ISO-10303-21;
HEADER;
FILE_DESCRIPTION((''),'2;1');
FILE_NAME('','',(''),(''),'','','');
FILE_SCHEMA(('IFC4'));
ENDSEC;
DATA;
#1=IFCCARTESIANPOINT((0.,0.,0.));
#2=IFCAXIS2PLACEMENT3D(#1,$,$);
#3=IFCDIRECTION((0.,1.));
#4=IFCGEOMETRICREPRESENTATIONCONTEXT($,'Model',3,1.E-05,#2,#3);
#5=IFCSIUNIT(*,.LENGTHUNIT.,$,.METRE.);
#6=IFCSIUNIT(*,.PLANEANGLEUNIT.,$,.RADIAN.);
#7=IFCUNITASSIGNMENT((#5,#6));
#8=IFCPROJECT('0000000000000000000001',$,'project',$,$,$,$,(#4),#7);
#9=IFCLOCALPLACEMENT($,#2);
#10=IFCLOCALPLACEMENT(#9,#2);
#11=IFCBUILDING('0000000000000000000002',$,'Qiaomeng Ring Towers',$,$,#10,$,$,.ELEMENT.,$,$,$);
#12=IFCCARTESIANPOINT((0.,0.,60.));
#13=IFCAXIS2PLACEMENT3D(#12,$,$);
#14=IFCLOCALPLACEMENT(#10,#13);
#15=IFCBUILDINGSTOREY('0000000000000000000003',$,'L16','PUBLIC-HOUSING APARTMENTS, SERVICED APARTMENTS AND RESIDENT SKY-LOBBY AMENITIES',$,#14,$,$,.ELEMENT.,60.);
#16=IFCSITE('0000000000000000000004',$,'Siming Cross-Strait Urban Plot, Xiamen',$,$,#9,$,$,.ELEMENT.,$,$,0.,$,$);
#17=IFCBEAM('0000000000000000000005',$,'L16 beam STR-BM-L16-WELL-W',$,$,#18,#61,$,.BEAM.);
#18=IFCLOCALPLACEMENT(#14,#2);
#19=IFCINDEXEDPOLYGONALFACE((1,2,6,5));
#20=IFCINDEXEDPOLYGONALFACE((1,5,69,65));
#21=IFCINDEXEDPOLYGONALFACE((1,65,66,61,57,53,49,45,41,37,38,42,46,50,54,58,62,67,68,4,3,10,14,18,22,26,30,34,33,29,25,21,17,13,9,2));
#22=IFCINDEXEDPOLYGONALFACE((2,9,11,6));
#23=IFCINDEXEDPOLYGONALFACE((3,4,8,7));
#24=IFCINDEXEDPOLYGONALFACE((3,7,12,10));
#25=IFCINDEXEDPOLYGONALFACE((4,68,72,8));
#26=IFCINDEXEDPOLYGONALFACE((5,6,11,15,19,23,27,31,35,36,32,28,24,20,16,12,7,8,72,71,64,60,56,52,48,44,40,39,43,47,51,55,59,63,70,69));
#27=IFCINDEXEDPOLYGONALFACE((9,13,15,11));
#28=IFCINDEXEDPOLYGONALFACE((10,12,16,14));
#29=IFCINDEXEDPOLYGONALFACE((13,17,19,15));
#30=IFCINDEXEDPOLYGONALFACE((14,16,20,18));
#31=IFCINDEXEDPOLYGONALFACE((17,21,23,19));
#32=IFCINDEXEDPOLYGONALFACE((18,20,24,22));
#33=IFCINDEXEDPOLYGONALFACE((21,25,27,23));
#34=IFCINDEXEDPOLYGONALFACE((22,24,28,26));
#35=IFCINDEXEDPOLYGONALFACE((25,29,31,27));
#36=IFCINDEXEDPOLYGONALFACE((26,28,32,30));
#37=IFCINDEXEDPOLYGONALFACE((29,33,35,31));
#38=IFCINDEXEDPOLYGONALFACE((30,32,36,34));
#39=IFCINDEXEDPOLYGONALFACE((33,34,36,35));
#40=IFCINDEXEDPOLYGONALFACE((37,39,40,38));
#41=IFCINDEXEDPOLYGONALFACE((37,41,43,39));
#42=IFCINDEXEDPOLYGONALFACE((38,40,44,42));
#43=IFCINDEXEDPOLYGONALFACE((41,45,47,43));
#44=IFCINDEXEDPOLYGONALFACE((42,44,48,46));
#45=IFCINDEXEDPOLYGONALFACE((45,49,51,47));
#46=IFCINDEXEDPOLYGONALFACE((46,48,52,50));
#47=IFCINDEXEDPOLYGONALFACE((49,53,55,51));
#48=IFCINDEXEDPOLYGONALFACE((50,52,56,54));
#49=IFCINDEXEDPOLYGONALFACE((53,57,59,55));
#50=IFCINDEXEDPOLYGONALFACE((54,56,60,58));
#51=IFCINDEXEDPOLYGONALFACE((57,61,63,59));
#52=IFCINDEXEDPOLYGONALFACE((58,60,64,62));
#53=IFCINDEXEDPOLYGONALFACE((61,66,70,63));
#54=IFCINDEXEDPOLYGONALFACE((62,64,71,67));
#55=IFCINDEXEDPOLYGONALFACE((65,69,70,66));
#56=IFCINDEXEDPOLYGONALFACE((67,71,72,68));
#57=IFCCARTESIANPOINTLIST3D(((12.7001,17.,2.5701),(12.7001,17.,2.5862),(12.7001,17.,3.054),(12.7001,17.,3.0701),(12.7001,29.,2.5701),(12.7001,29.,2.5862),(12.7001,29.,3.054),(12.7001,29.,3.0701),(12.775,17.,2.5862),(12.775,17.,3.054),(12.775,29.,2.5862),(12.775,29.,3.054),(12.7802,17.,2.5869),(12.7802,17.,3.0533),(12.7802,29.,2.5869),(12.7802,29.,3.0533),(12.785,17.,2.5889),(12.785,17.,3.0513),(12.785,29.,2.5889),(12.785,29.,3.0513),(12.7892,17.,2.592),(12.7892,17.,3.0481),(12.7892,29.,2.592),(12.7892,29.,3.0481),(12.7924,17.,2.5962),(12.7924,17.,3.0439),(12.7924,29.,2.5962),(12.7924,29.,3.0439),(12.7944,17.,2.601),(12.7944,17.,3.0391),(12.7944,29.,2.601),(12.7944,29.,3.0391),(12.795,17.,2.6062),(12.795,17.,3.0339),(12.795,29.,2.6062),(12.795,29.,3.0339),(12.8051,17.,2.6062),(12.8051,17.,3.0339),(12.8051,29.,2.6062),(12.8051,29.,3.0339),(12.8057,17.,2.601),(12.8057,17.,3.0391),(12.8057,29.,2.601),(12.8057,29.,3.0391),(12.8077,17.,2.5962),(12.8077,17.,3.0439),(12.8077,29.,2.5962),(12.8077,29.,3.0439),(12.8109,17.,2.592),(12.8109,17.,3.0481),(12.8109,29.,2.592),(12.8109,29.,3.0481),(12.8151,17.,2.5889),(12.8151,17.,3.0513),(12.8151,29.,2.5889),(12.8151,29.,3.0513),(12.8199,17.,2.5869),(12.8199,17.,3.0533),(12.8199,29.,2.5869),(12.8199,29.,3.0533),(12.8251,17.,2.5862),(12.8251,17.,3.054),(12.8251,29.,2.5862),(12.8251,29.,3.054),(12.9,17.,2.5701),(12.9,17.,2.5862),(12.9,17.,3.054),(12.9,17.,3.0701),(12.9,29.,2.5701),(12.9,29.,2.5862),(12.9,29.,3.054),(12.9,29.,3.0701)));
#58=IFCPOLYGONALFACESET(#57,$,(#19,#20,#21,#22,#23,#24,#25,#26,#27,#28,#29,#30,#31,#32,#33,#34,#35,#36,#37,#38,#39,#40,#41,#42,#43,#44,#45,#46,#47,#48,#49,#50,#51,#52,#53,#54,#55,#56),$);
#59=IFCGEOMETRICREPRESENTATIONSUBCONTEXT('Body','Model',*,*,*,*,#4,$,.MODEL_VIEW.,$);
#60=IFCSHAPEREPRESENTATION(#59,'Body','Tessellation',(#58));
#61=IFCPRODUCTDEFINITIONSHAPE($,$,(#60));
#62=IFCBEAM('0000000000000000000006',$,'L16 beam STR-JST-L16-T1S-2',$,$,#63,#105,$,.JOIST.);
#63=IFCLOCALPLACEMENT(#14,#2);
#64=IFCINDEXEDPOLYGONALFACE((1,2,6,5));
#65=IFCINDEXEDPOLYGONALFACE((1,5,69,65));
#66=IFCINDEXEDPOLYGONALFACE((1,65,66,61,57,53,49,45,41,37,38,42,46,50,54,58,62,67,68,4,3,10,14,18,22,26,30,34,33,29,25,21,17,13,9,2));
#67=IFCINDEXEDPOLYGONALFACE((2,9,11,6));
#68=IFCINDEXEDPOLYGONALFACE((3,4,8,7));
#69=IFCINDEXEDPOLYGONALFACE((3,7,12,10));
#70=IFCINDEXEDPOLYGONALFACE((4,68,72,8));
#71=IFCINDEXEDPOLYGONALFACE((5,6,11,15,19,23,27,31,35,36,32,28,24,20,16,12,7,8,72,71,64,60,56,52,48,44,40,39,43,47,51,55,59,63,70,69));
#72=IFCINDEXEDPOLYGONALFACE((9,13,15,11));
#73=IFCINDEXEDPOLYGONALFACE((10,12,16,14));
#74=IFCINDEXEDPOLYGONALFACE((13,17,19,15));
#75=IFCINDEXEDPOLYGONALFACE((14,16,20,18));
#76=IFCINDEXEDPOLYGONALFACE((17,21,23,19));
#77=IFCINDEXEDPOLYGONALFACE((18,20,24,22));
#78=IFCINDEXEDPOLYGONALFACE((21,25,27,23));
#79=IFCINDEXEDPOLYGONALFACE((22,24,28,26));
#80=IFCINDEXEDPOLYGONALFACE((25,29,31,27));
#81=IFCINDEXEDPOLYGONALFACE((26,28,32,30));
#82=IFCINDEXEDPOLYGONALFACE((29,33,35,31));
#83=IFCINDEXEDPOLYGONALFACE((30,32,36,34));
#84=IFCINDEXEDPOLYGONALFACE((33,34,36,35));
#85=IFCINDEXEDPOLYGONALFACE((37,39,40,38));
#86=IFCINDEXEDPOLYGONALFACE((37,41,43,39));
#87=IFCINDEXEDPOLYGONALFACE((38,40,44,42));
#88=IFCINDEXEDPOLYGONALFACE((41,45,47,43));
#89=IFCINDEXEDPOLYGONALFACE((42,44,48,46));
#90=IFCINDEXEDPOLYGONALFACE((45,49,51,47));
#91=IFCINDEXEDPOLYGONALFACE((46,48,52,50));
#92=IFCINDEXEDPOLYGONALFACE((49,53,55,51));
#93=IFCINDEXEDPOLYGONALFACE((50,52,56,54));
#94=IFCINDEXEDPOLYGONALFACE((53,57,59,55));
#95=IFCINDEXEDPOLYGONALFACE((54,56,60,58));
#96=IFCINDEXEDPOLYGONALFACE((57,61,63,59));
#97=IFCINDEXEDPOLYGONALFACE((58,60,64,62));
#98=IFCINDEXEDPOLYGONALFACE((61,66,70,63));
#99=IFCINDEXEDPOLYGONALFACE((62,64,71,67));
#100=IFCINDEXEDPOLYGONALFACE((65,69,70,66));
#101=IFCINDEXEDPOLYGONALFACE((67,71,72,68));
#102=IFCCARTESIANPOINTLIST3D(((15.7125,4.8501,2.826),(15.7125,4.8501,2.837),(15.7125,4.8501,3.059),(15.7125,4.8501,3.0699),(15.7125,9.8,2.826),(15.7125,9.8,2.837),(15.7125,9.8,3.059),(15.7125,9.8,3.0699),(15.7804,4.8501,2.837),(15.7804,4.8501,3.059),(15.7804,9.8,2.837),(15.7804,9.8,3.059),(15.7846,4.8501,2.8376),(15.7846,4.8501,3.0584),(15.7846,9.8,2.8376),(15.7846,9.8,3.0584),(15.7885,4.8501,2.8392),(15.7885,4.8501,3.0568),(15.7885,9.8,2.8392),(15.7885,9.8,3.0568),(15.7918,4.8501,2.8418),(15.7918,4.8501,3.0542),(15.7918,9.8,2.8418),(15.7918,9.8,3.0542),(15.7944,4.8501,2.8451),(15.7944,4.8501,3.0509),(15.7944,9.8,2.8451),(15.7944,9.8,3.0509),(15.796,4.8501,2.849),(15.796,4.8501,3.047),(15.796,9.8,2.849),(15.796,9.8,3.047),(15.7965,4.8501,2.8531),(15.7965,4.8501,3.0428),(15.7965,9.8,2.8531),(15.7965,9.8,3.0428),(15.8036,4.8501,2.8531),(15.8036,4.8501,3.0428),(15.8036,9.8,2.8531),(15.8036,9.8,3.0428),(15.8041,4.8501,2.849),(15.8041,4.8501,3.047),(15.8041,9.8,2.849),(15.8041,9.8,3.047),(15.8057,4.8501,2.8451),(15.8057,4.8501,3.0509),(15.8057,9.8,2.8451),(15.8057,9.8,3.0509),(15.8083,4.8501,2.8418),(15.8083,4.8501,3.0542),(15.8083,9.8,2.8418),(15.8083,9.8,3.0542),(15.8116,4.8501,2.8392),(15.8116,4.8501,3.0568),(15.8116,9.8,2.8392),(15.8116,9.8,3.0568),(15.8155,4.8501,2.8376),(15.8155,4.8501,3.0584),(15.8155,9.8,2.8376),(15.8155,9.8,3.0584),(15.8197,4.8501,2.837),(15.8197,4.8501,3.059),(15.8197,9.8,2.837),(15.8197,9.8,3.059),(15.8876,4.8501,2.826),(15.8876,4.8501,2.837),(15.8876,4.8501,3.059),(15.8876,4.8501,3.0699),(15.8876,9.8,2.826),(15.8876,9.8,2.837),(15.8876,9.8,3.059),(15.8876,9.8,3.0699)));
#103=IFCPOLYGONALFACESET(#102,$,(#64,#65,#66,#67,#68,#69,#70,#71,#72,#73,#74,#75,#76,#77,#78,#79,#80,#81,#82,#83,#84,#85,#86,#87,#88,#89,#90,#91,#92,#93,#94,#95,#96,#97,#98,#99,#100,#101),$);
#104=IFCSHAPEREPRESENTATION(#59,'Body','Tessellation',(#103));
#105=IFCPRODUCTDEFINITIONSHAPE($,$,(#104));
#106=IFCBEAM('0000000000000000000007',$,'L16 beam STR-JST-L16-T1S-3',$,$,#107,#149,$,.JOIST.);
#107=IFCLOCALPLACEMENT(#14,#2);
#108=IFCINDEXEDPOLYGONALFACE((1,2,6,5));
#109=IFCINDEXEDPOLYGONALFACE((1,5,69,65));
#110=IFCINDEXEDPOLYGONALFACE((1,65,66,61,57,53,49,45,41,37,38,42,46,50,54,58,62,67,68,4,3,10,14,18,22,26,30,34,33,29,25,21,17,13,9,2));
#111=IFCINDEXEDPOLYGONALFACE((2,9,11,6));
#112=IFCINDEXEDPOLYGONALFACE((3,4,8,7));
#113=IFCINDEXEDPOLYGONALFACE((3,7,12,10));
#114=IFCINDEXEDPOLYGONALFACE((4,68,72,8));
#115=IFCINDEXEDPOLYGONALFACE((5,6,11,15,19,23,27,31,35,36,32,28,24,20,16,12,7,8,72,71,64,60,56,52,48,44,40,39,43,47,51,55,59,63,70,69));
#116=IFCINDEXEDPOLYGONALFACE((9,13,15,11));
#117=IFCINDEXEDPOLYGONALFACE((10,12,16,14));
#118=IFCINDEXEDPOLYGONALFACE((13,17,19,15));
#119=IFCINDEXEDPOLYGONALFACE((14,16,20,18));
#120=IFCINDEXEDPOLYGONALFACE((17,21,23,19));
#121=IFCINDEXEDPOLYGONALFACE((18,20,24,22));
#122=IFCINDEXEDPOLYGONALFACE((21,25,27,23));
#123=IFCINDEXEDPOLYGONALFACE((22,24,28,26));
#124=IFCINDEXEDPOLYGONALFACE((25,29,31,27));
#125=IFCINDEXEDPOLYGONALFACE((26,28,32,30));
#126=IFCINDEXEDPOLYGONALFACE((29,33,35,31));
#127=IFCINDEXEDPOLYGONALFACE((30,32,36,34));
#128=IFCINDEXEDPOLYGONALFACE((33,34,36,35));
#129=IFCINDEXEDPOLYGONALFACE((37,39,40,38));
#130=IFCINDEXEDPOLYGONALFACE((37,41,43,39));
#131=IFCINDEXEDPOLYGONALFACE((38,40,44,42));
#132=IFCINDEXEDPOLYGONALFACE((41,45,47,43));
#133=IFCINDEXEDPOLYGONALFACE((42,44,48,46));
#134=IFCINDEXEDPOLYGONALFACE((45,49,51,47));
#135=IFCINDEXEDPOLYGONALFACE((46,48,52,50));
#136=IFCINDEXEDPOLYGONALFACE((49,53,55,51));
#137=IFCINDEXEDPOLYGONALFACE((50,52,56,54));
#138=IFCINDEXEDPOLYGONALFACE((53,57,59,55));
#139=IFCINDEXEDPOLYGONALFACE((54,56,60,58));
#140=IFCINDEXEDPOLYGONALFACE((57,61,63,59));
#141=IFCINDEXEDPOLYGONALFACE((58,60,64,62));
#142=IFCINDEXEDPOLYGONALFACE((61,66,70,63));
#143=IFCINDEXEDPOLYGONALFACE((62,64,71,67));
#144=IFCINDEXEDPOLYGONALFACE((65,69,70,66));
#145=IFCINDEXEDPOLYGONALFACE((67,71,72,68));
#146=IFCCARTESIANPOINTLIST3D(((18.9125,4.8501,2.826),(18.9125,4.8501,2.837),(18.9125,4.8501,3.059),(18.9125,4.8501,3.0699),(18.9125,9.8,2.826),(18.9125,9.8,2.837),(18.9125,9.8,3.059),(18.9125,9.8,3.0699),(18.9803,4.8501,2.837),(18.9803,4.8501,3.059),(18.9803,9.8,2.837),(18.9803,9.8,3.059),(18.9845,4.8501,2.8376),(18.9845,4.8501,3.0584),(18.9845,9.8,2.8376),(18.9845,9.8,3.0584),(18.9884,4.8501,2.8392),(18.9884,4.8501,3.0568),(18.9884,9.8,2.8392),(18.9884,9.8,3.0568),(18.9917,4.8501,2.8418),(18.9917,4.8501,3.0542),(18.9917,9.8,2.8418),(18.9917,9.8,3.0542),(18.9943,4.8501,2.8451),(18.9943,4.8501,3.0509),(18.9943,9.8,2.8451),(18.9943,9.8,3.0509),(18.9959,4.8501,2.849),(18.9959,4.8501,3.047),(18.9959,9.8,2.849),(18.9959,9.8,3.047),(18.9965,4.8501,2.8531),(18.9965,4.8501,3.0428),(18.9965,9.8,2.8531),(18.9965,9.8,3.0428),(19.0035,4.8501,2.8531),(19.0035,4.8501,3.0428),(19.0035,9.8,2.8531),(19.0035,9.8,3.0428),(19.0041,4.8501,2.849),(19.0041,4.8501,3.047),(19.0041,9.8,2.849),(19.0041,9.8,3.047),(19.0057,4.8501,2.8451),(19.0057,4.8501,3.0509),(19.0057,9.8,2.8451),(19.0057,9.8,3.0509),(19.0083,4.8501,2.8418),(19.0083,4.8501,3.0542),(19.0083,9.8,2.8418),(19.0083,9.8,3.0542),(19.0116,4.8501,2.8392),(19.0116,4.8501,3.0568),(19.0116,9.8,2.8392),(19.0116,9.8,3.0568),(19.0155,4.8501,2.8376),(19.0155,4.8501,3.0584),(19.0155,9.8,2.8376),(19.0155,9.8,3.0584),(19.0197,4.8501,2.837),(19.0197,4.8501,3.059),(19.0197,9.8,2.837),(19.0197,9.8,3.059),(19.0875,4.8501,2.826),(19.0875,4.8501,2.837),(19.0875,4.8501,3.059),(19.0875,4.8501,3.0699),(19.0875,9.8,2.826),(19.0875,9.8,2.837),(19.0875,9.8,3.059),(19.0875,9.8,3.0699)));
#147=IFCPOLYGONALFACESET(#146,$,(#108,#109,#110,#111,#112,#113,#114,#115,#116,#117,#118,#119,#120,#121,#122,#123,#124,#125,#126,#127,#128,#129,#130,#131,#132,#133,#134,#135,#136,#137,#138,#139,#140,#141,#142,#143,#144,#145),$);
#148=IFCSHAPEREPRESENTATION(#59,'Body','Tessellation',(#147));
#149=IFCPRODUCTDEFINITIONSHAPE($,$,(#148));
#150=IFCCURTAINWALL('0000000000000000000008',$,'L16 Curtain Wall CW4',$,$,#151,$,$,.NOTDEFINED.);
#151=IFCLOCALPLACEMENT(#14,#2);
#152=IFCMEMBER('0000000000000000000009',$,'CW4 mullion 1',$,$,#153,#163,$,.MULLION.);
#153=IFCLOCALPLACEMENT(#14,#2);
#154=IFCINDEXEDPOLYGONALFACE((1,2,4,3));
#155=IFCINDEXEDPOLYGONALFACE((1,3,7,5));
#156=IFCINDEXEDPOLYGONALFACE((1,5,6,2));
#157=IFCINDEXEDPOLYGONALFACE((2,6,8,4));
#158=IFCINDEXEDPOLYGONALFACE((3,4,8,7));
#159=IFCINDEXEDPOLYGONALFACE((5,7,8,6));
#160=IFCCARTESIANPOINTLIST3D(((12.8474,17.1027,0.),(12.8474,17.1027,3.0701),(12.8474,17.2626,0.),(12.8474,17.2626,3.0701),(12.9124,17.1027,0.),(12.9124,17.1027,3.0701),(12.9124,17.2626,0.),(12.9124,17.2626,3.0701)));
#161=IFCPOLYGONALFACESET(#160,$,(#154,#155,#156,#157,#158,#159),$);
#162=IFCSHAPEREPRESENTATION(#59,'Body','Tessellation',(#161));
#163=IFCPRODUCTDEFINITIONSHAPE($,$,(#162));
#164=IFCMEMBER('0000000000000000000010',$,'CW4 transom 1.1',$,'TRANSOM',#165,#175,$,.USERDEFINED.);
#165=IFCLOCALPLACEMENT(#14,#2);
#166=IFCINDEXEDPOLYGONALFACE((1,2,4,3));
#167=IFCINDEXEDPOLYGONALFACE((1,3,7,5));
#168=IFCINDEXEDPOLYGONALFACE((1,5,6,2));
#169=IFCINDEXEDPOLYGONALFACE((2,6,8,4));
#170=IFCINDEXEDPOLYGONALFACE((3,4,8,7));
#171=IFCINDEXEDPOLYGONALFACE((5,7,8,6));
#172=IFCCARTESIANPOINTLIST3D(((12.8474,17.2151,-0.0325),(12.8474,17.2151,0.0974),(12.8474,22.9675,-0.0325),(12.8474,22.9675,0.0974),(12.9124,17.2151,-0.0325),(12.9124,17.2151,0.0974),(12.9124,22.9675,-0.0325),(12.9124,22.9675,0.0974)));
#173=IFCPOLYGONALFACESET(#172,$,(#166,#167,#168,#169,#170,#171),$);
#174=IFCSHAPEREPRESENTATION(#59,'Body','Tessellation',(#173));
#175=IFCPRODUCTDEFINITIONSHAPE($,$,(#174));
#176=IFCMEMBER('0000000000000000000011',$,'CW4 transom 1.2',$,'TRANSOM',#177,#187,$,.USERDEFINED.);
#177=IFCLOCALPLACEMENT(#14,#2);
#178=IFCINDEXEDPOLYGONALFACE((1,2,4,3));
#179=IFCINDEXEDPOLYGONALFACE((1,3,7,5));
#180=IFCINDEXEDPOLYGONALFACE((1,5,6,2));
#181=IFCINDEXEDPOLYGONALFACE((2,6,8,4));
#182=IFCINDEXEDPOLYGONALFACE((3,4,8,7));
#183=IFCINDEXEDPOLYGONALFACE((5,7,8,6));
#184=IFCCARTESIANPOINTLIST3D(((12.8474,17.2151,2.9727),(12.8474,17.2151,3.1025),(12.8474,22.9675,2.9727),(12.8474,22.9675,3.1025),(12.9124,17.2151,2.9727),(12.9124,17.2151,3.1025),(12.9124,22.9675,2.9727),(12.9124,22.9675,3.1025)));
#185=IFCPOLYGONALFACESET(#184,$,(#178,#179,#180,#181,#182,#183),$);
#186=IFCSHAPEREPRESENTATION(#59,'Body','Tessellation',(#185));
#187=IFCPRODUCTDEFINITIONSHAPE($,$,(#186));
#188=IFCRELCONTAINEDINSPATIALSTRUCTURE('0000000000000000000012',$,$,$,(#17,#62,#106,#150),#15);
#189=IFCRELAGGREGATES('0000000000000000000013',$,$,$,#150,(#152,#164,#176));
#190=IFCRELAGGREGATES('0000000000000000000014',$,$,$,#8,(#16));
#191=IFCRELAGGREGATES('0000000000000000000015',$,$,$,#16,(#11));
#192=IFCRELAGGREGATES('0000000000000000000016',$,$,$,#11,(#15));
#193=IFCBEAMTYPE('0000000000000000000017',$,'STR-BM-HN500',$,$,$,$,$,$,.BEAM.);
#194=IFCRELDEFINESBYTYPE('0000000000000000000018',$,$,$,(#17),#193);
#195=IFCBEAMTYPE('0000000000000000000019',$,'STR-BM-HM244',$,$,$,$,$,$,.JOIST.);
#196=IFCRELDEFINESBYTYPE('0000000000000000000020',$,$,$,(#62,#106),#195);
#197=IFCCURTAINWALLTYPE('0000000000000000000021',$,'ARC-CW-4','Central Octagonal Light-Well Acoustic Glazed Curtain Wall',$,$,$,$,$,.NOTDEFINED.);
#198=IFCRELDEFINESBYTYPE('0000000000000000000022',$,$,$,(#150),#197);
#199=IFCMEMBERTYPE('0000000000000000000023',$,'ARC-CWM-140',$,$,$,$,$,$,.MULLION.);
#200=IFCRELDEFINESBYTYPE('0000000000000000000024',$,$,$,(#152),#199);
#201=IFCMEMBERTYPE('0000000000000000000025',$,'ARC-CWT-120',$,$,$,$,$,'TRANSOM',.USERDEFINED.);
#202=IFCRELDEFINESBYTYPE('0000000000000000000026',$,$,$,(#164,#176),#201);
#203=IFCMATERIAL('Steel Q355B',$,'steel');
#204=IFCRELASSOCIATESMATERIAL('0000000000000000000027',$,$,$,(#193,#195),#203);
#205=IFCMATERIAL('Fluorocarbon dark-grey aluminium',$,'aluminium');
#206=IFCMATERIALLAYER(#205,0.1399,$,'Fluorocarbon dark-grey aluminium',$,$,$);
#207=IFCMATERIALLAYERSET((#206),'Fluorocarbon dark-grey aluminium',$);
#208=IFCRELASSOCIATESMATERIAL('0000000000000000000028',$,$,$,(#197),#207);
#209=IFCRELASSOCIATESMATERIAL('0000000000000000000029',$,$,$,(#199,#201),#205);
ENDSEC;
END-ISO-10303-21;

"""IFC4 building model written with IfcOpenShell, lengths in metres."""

from ifc_helpers import new_model, si_unit, direction, frame, origin, origin_2d, place, context, subcontext, project, spatial, rectangle, i_section, extrude, source, transform, mapped, material, layer, layer_set, material_profile, profile_set, type_object, element, aggregate, save


model = new_model("IFC4")

# Units and contexts
model_context = context("Model", 3, precision=1e-05, world=origin(), true_north=direction((0.0, 1.0)))
body_context = subcontext(model_context, "Body", "Model", "MODEL_VIEW")
ifc_project = project(units=[si_unit("LENGTHUNIT", "METRE"), si_unit("PLANEANGLEUNIT", "RADIAN")], contexts=[model_context])

# Site, building, storey
site_placement = place(None, origin())
site = spatial("IfcSite", under=ifc_project, at=site_placement, Name="Siming Cross-Strait Urban Plot, Xiamen", CompositionType="ELEMENT", RefElevation=0.0)
building_placement = place(site_placement, origin())
building = spatial("IfcBuilding", under=site, at=building_placement, Name="Qiaomeng Ring Towers", CompositionType="ELEMENT")
storey_placement = place(building_placement, frame((0.0, 0.0, 60.0)))
storey = spatial("IfcBuildingStorey", under=building, at=storey_placement, Name="L16", Description="PUBLIC-HOUSING APARTMENTS, SERVICED APARTMENTS AND RESIDENT SKY-LOBBY AMENITIES", CompositionType="ELEMENT", Elevation=60.0)

# Beams
ifc_material_1 = material(Name="Steel Q355B", Category="steel")
ifc_material_profile_1 = material_profile(ifc_material_1, i_section(OverallWidth=0.2, OverallDepth=0.5, WebThickness=0.01, FlangeThickness=0.0161, FilletRadius=0.02, at=origin_2d()), Name="HN 500x200x10x16")
ifc_profile_set_1 = profile_set([ifc_material_profile_1], Name="Steel Q355B")
beam_type_1 = type_object("IfcBeamType", Name="STR-BM-HN500", PredefinedType="BEAM", material=ifc_profile_set_1)
shared_shape_1 = source(origin(), body_context, "Body", "SweptSolid", [
    extrude(i_section(OverallWidth=0.2, OverallDepth=0.5, WebThickness=0.01, FlangeThickness=0.0161, FilletRadius=0.02, at=origin_2d()), origin(), (0.0, 0.0, 1.0), 12.0),
])
beam_placement = place(storey_placement, frame((12.8, 17.0, 2.8201), z_axis=(0.0, 1.0, 0.0), x_axis=(-1.0, 0.0, 0.0)))
element("IfcBeam", 1, at=beam_placement, inside=storey, type_object=beam_type_1, Name="L16 beam STR-BM-L16-WELL-W", PredefinedType="BEAM", context=body_context, shape_type="MappedRepresentation", body=[
    mapped(shared_shape_1, transform((0.0, 0.0, 0.0), x_axis=(1.0, 0.0, 0.0), y_axis=(0.0, 1.0, 0.0), z_axis=(0.0, 0.0, 1.0), scale=1.0)),
])
ifc_material_profile_2 = material_profile(ifc_material_1, i_section(OverallWidth=0.175, OverallDepth=0.2439, WebThickness=0.0071, FlangeThickness=0.011, FilletRadius=0.0161, at=origin_2d()), Name="HM 244x175x7x11")
ifc_profile_set_2 = profile_set([ifc_material_profile_2], Name="Steel Q355B")
beam_type_2 = type_object("IfcBeamType", Name="STR-BM-HM244", PredefinedType="JOIST", material=ifc_profile_set_2)
shared_shape_2 = source(origin(), body_context, "Body", "SweptSolid", [
    extrude(i_section(OverallWidth=0.175, OverallDepth=0.2439, WebThickness=0.0071, FlangeThickness=0.011, FilletRadius=0.0161, at=origin_2d()), origin(), (0.0, 0.0, 1.0), 4.95),
])
for number, where, z_axis, x_axis, name in (
    (2, (15.8, 4.8501, 2.948), (0.0, 1.0, 0.0), (-1.0, 0.0, 0.0), "L16 beam STR-JST-L16-T1S-2"),
    (3, (19.0, 4.8501, 2.948), (0.0, 1.0, 0.0), (-1.0, 0.0, 0.0), "L16 beam STR-JST-L16-T1S-3"),
):
    element("IfcBeam", number, at=place(storey_placement, frame(where, z_axis=z_axis, x_axis=x_axis)), inside=storey, type_object=beam_type_2, Name=name, PredefinedType="JOIST", context=body_context, shape_type="MappedRepresentation", body=[
        mapped(shared_shape_2, transform((0.0, 0.0, 0.0), x_axis=(1.0, 0.0, 0.0), y_axis=(0.0, 1.0, 0.0), z_axis=(0.0, 0.0, 1.0), scale=1.0)),
    ])

# Curtain wall, members
ifc_material_2 = material(Name="Fluorocarbon dark-grey aluminium", Category="aluminium")
ifc_layer_1 = layer(ifc_material_2, 0.1399, Name="Fluorocarbon dark-grey aluminium")
ifc_layer_set_1 = layer_set([ifc_layer_1], Name="Fluorocarbon dark-grey aluminium")
curtain_wall_type = type_object("IfcCurtainWallType", Name="ARC-CW-4", Description="Central Octagonal Light-Well Acoustic Glazed Curtain Wall", PredefinedType="NOTDEFINED", material=ifc_layer_set_1)
curtain_wall_placement = place(storey_placement, origin())
curtain_wall = element("IfcCurtainWall", 4, at=curtain_wall_placement, inside=storey, type_object=curtain_wall_type, Name="L16 Curtain Wall CW4", PredefinedType="NOTDEFINED")
ifc_material_profile_3 = material_profile(ifc_material_2, rectangle(XDim=0.0649, YDim=0.1599, at=origin_2d()), Name="ALU MULL 65x160")
ifc_profile_set_3 = profile_set([ifc_material_profile_3], Name="Fluorocarbon dark-grey aluminium")
member_type_1 = type_object("IfcMemberType", Name="ARC-CWM-140", PredefinedType="MULLION", material=ifc_profile_set_3)
shared_shape_3 = source(origin(), body_context, "Body", "SweptSolid", [
    extrude(rectangle(XDim=0.0649, YDim=0.1599, at=origin_2d()), origin(), (0.0, 0.0, 1.0), 3.0701),
])
member_1_placement = place(storey_placement, frame((12.8799, 17.1826, 0.0), z_axis=(0.0, 0.0, 1.0), x_axis=(-1.0, 0.0, 0.0)))
member_1 = element("IfcMember", 5, at=member_1_placement, type_object=member_type_1, Name="CW4 mullion 1", PredefinedType="MULLION", context=body_context, shape_type="MappedRepresentation", body=[
    mapped(shared_shape_3, transform((0.0, 0.0, 0.0), x_axis=(1.0, 0.0, 0.0), y_axis=(0.0, 1.0, 0.0), z_axis=(0.0, 0.0, 1.0), scale=1.0)),
])
ifc_material_profile_4 = material_profile(ifc_material_2, rectangle(XDim=0.0649, YDim=0.1299, at=origin_2d()), Name="ALU TRAN 65x130")
ifc_profile_set_4 = profile_set([ifc_material_profile_4], Name="Fluorocarbon dark-grey aluminium")
member_type_2 = type_object("IfcMemberType", Name="ARC-CWT-120", ElementType="TRANSOM", PredefinedType="USERDEFINED", material=ifc_profile_set_4)
shared_shape_4 = source(origin(), body_context, "Body", "SweptSolid", [
    extrude(rectangle(XDim=0.0649, YDim=0.1299, at=origin_2d()), origin(), (0.0, 0.0, 1.0), 5.7524),
])
member_2_placement = place(storey_placement, frame((12.8799, 17.2151, 0.0325), z_axis=(0.0, 1.0, 0.0), x_axis=(-1.0, 0.0, 0.0)))
member_2 = element("IfcMember", 6, at=member_2_placement, type_object=member_type_2, Name="CW4 transom 1.1", ObjectType="TRANSOM", PredefinedType="USERDEFINED", context=body_context, shape_type="MappedRepresentation", body=[
    mapped(shared_shape_4, transform((0.0, 0.0, 0.0), x_axis=(1.0, 0.0, 0.0), y_axis=(0.0, 1.0, 0.0), z_axis=(0.0, 0.0, 1.0), scale=1.0)),
])
member_3_placement = place(storey_placement, frame((12.8799, 17.2151, 3.0376), z_axis=(0.0, 1.0, 0.0), x_axis=(-1.0, 0.0, 0.0)))
member_3 = element("IfcMember", 7, at=member_3_placement, type_object=member_type_2, Name="CW4 transom 1.2", ObjectType="TRANSOM", PredefinedType="USERDEFINED", context=body_context, shape_type="MappedRepresentation", body=[
    mapped(shared_shape_4, transform((0.0, 0.0, 0.0), x_axis=(1.0, 0.0, 0.0), y_axis=(0.0, 1.0, 0.0), z_axis=(0.0, 0.0, 1.0), scale=1.0)),
])
aggregate(curtain_wall, [member_1, member_2, member_3])

save(model, "model.ifc")
